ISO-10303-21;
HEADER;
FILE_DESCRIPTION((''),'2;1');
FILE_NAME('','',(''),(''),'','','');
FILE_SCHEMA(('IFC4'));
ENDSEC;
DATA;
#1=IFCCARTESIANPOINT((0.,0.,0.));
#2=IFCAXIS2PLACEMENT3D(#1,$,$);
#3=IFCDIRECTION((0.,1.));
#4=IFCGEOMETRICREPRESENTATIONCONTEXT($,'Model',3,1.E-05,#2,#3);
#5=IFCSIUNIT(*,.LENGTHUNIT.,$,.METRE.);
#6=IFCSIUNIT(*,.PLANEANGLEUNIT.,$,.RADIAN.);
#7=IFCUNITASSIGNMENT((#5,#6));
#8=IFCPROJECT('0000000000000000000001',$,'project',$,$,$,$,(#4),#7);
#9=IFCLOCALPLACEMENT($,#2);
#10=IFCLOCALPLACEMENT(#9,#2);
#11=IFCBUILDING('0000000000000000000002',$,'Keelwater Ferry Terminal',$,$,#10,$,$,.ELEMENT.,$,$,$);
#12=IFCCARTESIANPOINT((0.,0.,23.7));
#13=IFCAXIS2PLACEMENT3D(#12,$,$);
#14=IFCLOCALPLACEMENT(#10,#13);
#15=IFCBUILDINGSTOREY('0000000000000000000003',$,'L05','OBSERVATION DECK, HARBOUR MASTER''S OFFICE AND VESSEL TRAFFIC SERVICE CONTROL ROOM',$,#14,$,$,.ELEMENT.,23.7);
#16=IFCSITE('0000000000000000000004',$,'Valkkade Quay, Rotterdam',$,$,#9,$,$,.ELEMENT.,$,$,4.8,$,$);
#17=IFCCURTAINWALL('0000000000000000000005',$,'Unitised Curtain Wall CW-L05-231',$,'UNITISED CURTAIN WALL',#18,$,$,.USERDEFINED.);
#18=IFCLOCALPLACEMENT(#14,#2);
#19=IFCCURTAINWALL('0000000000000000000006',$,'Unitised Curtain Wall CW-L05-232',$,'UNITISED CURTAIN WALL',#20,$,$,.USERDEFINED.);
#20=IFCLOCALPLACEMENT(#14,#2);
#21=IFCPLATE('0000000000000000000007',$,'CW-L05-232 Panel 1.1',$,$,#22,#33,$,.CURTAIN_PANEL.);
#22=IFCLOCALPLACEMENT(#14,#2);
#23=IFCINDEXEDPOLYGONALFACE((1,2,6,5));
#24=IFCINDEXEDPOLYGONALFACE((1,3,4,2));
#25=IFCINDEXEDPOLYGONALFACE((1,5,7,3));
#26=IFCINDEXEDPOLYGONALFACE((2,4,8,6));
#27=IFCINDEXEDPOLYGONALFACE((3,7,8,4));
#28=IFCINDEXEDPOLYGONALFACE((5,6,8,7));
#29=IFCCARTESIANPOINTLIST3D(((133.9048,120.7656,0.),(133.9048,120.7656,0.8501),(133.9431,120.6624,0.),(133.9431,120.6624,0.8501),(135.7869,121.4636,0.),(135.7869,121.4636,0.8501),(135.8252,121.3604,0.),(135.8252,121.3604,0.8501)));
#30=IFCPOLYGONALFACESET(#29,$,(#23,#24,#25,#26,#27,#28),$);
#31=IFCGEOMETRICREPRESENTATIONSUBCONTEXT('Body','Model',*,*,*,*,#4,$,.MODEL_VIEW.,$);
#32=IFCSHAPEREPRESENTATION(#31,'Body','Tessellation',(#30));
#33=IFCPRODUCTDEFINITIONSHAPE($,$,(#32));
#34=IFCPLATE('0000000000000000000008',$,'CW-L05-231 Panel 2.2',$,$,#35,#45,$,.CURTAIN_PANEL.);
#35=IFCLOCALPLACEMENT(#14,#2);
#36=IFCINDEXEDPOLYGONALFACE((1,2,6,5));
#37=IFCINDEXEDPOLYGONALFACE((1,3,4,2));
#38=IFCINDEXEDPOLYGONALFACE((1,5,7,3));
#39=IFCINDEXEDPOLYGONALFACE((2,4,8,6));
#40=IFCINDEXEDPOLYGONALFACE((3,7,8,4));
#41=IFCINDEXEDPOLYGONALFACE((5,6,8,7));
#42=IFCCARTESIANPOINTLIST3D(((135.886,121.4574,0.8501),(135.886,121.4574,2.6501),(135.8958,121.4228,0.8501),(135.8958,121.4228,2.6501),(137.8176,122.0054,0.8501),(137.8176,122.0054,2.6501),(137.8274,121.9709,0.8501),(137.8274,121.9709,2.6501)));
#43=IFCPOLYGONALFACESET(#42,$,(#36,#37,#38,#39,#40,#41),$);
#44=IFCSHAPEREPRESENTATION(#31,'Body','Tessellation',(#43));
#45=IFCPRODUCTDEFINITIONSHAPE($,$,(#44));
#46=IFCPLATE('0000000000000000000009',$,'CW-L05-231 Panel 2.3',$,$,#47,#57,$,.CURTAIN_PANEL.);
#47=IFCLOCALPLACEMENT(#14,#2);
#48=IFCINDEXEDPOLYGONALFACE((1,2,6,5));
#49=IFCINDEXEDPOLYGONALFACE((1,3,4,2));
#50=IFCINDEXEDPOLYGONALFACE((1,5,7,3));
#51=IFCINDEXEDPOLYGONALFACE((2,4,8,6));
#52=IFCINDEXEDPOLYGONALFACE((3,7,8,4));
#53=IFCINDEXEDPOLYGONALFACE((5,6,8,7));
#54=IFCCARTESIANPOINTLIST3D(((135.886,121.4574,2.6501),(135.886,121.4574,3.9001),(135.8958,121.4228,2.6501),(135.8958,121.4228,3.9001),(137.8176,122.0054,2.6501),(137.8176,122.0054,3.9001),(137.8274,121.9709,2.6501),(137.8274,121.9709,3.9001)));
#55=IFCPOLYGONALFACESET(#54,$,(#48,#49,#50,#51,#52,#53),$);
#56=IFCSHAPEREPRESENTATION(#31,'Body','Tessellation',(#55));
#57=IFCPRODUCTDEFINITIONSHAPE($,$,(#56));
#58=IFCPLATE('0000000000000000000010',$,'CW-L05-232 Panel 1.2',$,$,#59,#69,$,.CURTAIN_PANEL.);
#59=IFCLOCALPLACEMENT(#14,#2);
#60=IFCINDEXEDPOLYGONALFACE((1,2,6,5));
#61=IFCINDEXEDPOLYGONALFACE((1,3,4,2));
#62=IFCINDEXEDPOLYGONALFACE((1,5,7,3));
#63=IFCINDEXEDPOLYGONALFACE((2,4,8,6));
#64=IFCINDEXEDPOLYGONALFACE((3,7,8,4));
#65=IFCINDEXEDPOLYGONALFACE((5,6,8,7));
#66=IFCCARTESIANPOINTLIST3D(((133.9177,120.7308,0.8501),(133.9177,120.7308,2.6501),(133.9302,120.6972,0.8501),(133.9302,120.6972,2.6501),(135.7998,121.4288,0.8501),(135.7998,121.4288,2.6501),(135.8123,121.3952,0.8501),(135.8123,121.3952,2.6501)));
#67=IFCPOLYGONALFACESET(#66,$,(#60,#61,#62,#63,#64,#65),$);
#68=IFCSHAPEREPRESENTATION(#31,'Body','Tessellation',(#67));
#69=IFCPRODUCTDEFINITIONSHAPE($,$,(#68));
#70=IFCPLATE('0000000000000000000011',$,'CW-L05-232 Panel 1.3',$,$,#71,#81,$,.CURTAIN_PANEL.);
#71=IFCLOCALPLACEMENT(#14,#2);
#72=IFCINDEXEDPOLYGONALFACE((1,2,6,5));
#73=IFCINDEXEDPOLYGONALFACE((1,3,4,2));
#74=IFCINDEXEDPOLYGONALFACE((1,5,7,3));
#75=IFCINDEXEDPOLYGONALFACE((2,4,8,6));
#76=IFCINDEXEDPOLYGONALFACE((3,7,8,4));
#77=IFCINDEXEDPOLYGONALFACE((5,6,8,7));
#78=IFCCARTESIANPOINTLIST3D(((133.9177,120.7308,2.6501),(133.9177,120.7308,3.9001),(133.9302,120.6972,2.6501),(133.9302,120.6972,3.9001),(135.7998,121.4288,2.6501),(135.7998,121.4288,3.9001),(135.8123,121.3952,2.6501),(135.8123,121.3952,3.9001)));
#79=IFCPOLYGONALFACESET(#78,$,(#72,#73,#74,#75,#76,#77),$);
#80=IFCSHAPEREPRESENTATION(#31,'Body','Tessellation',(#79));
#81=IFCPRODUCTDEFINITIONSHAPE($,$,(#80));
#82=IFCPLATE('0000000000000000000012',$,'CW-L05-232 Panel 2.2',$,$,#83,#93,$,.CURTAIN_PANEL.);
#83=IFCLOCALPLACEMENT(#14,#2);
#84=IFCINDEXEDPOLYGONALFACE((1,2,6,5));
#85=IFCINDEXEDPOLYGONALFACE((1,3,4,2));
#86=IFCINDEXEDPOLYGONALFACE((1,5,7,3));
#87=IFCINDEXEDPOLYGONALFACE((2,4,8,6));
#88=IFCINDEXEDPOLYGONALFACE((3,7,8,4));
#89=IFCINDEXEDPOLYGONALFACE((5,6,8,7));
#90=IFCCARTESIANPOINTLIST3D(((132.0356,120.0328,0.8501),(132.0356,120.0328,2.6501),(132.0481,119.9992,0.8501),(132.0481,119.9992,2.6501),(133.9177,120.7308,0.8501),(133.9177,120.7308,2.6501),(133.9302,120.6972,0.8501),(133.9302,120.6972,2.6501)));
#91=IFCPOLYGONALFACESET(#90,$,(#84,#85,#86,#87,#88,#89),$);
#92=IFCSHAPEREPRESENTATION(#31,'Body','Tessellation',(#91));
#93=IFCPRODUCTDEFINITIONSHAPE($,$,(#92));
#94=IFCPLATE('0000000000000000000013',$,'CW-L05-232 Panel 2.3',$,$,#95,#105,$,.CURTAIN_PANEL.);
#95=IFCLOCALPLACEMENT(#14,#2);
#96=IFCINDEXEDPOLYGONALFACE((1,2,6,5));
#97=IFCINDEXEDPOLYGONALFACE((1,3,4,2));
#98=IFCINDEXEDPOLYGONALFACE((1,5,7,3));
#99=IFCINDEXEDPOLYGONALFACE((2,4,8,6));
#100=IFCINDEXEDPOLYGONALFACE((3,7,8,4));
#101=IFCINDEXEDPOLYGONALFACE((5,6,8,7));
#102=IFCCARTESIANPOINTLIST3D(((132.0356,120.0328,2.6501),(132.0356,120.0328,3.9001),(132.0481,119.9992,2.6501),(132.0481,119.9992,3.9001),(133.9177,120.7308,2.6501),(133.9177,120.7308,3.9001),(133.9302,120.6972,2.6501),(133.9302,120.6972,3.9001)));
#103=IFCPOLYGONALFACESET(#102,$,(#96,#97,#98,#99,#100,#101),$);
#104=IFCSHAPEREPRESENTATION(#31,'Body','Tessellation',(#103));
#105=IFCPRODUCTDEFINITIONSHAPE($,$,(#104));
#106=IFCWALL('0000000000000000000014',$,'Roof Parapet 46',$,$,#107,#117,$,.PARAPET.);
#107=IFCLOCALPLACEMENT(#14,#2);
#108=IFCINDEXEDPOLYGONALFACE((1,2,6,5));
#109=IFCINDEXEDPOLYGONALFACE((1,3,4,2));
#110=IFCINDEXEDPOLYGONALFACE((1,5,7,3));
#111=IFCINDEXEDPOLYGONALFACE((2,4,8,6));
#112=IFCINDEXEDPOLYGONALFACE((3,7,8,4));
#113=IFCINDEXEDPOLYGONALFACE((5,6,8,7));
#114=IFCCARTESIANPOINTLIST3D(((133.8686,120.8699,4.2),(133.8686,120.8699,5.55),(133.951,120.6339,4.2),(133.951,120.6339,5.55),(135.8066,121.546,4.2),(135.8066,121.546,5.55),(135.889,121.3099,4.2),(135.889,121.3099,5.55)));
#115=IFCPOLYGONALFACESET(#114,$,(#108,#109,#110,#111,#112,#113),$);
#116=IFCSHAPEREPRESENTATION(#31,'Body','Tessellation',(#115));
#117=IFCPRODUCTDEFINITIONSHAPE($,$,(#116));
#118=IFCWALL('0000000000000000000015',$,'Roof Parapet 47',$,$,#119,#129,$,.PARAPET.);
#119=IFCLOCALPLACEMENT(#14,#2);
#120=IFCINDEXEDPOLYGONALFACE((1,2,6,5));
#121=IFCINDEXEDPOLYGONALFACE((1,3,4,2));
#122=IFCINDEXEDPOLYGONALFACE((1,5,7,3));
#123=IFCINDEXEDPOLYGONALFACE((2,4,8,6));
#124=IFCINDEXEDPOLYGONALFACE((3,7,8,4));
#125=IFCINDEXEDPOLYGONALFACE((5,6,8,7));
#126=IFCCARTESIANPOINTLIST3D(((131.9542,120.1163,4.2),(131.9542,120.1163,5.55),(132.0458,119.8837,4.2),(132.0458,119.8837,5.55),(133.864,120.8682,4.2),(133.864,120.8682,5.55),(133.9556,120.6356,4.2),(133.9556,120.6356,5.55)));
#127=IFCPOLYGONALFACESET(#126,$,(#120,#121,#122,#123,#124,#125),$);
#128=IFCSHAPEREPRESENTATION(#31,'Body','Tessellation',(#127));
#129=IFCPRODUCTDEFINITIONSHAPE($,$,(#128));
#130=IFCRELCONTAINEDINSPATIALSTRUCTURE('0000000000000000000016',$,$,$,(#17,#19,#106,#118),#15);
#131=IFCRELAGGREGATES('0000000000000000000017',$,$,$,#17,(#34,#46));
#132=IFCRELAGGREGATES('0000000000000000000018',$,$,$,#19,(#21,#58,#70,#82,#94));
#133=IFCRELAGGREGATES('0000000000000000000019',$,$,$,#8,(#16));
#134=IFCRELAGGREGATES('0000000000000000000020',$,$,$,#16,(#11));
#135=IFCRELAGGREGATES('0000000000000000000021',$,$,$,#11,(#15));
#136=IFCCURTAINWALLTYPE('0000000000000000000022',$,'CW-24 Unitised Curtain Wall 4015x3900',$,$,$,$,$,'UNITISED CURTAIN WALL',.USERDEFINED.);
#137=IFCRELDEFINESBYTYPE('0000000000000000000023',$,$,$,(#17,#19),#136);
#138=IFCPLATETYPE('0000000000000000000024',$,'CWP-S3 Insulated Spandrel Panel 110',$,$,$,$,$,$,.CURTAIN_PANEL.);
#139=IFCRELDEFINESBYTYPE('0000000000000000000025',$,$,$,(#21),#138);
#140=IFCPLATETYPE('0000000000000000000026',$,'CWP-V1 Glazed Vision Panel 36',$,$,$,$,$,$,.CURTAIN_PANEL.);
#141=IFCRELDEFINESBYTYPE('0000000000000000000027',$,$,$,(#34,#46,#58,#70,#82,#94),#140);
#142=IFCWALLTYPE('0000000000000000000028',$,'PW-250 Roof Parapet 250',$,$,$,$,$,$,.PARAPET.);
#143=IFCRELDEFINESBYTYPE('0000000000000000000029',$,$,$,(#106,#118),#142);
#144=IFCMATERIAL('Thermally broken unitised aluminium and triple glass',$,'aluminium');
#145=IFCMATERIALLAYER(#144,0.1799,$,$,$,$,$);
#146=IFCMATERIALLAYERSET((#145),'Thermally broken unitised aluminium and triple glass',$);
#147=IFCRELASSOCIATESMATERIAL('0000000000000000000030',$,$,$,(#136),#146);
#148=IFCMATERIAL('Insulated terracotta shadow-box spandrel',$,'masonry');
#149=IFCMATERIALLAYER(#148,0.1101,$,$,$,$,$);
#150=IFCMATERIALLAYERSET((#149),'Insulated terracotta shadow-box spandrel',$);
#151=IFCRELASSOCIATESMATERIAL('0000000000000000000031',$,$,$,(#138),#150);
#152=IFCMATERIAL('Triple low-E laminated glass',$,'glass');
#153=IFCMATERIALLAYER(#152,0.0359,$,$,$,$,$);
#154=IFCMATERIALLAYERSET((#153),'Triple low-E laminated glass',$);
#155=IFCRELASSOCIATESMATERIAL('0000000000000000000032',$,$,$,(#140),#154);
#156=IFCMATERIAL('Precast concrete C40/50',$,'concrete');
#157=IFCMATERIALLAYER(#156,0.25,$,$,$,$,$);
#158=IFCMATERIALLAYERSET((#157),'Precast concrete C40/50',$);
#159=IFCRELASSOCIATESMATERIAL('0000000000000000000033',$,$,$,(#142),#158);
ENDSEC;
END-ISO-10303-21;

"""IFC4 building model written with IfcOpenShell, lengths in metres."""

from ifc_helpers import new_model, si_unit, direction, frame, frame_2d, origin, origin_2d, place, context, subcontext, project, spatial, rectangle, extrude, material, layer, layer_set, type_object, element, aggregate, save


model = new_model("IFC4")

# Units and contexts
model_context = context("Model", 3, precision=1e-05, world=origin(), true_north=direction((0.0, 1.0)))
body_context = subcontext(model_context, "Body", "Model", "MODEL_VIEW")
ifc_project = project(units=[si_unit("LENGTHUNIT", "METRE"), si_unit("PLANEANGLEUNIT", "RADIAN")], contexts=[model_context])

# Site, building, storey
site_placement = place(None, origin())
site = spatial("IfcSite", under=ifc_project, at=site_placement, Name="Valkkade Quay, Rotterdam", CompositionType="ELEMENT", RefElevation=4.8)
building_placement = place(site_placement, origin())
building = spatial("IfcBuilding", under=site, at=building_placement, Name="Keelwater Ferry Terminal", CompositionType="ELEMENT")
storey_placement = place(building_placement, frame((0.0, 0.0, 23.7)))
storey = spatial("IfcBuildingStorey", under=building, at=storey_placement, Name="L05", Description="OBSERVATION DECK, HARBOUR MASTER'S OFFICE AND VESSEL TRAFFIC SERVICE CONTROL ROOM", CompositionType="ELEMENT", Elevation=23.7)

# Curtain walls
ifc_material_1 = material(Name="Thermally broken unitised aluminium and triple glass", Category="aluminium")
ifc_layer_1 = layer(ifc_material_1, 0.1799)
ifc_layer_set_1 = layer_set([ifc_layer_1], Name="Thermally broken unitised aluminium and triple glass")
curtain_wall_type = type_object("IfcCurtainWallType", Name="CW-24 Unitised Curtain Wall 4015x3900", ElementType="UNITISED CURTAIN WALL", PredefinedType="USERDEFINED", material=ifc_layer_set_1)
curtain_wall_1_placement = place(storey_placement, origin())
curtain_wall_1 = element("IfcCurtainWall", 1, at=curtain_wall_1_placement, inside=storey, type_object=curtain_wall_type, Name="Unitised Curtain Wall CW-L05-231", ObjectType="UNITISED CURTAIN WALL", PredefinedType="USERDEFINED")
curtain_wall_2_placement = place(storey_placement, origin())
curtain_wall_2 = element("IfcCurtainWall", 2, at=curtain_wall_2_placement, inside=storey, type_object=curtain_wall_type, Name="Unitised Curtain Wall CW-L05-232", ObjectType="UNITISED CURTAIN WALL", PredefinedType="USERDEFINED")

# Plates
ifc_material_2 = material(Name="Insulated terracotta shadow-box spandrel", Category="masonry")
ifc_layer_2 = layer(ifc_material_2, 0.1101)
ifc_layer_set_2 = layer_set([ifc_layer_2], Name="Insulated terracotta shadow-box spandrel")
plate_type_1 = type_object("IfcPlateType", Name="CWP-S3 Insulated Spandrel Panel 110", PredefinedType="CURTAIN_PANEL", material=ifc_layer_set_2)
plate_1_placement = place(storey_placement, frame((134.865, 121.063, 0.0), z_axis=(0.0, 0.0, 1.0), x_axis=(-0.937592, -0.347736, 0.0)))
plate_1 = element("IfcPlate", 3, at=plate_1_placement, type_object=plate_type_1, Name="CW-L05-232 Panel 1.1", PredefinedType="CURTAIN_PANEL", context=body_context, shape_type="SweptSolid", body=[
    extrude(rectangle(XDim=2.0073, YDim=0.1101, at=origin_2d()), origin(), (0.0, 0.0, 1.0), 0.8501),
])
ifc_material_3 = material(Name="Triple low-E laminated glass", Category="glass")
ifc_layer_3 = layer(ifc_material_3, 0.0359)
ifc_layer_set_3 = layer_set([ifc_layer_3], Name="Triple low-E laminated glass")
plate_type_2 = type_object("IfcPlateType", Name="CWP-V1 Glazed Vision Panel 36", PredefinedType="CURTAIN_PANEL", material=ifc_layer_set_3)
plate_2_placement = place(storey_placement, frame((136.8567, 121.7141, 0.8501), z_axis=(0.0, 0.0, 1.0), x_axis=(-0.96203, -0.272945, 0.0)))
plate_2 = element("IfcPlate", 4, at=plate_2_placement, type_object=plate_type_2, Name="CW-L05-231 Panel 2.2", PredefinedType="CURTAIN_PANEL", context=body_context, shape_type="SweptSolid", body=[
    extrude(rectangle(XDim=2.0078, YDim=0.0359, at=origin_2d()), origin(), (0.0, 0.0, 1.0), 1.8),
])
plate_3_placement = place(storey_placement, frame((136.8567, 121.7141, 2.6501), z_axis=(0.0, 0.0, 1.0), x_axis=(-0.96203, -0.272945, 0.0)))
plate_3 = element("IfcPlate", 5, at=plate_3_placement, type_object=plate_type_2, Name="CW-L05-231 Panel 2.3", PredefinedType="CURTAIN_PANEL", context=body_context, shape_type="SweptSolid", body=[
    extrude(rectangle(XDim=2.0078, YDim=0.0359, at=origin_2d()), origin(), (0.0, 0.0, 1.0), 1.25),
])
aggregate(curtain_wall_1, [plate_2, plate_3])
plate_4_placement = place(storey_placement, frame((134.865, 121.063, 0.8501), z_axis=(0.0, 0.0, 1.0), x_axis=(-0.937592, -0.347736, 0.0)))
plate_4 = element("IfcPlate", 6, at=plate_4_placement, type_object=plate_type_2, Name="CW-L05-232 Panel 1.2", PredefinedType="CURTAIN_PANEL", context=body_context, shape_type="SweptSolid", body=[
    extrude(rectangle(XDim=2.0073, YDim=0.0359, at=origin_2d()), origin(), (0.0, 0.0, 1.0), 1.8),
])
plate_5_placement = place(storey_placement, frame((134.865, 121.063, 2.6501), z_axis=(0.0, 0.0, 1.0), x_axis=(-0.937592, -0.347736, 0.0)))
plate_5 = element("IfcPlate", 7, at=plate_5_placement, type_object=plate_type_2, Name="CW-L05-232 Panel 1.3", PredefinedType="CURTAIN_PANEL", context=body_context, shape_type="SweptSolid", body=[
    extrude(rectangle(XDim=2.0073, YDim=0.0359, at=origin_2d()), origin(), (0.0, 0.0, 1.0), 1.25),
])
plate_6_placement = place(storey_placement, frame((132.9829, 120.365, 0.8501), z_axis=(0.0, 0.0, 1.0), x_axis=(-0.937592, -0.347736, 0.0)))
plate_6 = element("IfcPlate", 8, at=plate_6_placement, type_object=plate_type_2, Name="CW-L05-232 Panel 2.2", PredefinedType="CURTAIN_PANEL", context=body_context, shape_type="SweptSolid", body=[
    extrude(rectangle(XDim=2.0073, YDim=0.0359, at=origin_2d()), origin(), (0.0, 0.0, 1.0), 1.8),
])
plate_7_placement = place(storey_placement, frame((132.9829, 120.365, 2.6501), z_axis=(0.0, 0.0, 1.0), x_axis=(-0.937592, -0.347736, 0.0)))
plate_7 = element("IfcPlate", 9, at=plate_7_placement, type_object=plate_type_2, Name="CW-L05-232 Panel 2.3", PredefinedType="CURTAIN_PANEL", context=body_context, shape_type="SweptSolid", body=[
    extrude(rectangle(XDim=2.0073, YDim=0.0359, at=origin_2d()), origin(), (0.0, 0.0, 1.0), 1.25),
])
aggregate(curtain_wall_2, [plate_1, plate_4, plate_5, plate_6, plate_7])

# Walls
ifc_material_4 = material(Name="Precast concrete C40/50", Category="concrete")
ifc_layer_4 = layer(ifc_material_4, 0.25)
ifc_layer_set_4 = layer_set([ifc_layer_4], Name="Precast concrete C40/50")
wall_type = type_object("IfcWallType", Name="PW-250 Roof Parapet 250", PredefinedType="PARAPET", material=ifc_layer_set_4)
for number, where, z_axis, x_axis, name in (
    (10, (135.8479, 121.428, 4.2), (0.0, 0.0, 1.0), (-0.944203, -0.329365, 0.0), "Roof Parapet 46"),
    (11, (133.9099, 120.752, 4.2), (0.0, 0.0, 1.0), (-0.930481, -0.36634, 0.0), "Roof Parapet 47"),
):
    element("IfcWall", number, at=place(storey_placement, frame(where, z_axis=z_axis, x_axis=x_axis)), inside=storey, type_object=wall_type, Name=name, PredefinedType="PARAPET", context=body_context, shape_type="SweptSolid", body=[
        extrude(rectangle(XDim=2.0525, YDim=0.25, at=frame_2d((1.0264, 0.0))), origin(), (0.0, 0.0, 1.0), 1.3501),
    ])

save(model, "model.ifc")
